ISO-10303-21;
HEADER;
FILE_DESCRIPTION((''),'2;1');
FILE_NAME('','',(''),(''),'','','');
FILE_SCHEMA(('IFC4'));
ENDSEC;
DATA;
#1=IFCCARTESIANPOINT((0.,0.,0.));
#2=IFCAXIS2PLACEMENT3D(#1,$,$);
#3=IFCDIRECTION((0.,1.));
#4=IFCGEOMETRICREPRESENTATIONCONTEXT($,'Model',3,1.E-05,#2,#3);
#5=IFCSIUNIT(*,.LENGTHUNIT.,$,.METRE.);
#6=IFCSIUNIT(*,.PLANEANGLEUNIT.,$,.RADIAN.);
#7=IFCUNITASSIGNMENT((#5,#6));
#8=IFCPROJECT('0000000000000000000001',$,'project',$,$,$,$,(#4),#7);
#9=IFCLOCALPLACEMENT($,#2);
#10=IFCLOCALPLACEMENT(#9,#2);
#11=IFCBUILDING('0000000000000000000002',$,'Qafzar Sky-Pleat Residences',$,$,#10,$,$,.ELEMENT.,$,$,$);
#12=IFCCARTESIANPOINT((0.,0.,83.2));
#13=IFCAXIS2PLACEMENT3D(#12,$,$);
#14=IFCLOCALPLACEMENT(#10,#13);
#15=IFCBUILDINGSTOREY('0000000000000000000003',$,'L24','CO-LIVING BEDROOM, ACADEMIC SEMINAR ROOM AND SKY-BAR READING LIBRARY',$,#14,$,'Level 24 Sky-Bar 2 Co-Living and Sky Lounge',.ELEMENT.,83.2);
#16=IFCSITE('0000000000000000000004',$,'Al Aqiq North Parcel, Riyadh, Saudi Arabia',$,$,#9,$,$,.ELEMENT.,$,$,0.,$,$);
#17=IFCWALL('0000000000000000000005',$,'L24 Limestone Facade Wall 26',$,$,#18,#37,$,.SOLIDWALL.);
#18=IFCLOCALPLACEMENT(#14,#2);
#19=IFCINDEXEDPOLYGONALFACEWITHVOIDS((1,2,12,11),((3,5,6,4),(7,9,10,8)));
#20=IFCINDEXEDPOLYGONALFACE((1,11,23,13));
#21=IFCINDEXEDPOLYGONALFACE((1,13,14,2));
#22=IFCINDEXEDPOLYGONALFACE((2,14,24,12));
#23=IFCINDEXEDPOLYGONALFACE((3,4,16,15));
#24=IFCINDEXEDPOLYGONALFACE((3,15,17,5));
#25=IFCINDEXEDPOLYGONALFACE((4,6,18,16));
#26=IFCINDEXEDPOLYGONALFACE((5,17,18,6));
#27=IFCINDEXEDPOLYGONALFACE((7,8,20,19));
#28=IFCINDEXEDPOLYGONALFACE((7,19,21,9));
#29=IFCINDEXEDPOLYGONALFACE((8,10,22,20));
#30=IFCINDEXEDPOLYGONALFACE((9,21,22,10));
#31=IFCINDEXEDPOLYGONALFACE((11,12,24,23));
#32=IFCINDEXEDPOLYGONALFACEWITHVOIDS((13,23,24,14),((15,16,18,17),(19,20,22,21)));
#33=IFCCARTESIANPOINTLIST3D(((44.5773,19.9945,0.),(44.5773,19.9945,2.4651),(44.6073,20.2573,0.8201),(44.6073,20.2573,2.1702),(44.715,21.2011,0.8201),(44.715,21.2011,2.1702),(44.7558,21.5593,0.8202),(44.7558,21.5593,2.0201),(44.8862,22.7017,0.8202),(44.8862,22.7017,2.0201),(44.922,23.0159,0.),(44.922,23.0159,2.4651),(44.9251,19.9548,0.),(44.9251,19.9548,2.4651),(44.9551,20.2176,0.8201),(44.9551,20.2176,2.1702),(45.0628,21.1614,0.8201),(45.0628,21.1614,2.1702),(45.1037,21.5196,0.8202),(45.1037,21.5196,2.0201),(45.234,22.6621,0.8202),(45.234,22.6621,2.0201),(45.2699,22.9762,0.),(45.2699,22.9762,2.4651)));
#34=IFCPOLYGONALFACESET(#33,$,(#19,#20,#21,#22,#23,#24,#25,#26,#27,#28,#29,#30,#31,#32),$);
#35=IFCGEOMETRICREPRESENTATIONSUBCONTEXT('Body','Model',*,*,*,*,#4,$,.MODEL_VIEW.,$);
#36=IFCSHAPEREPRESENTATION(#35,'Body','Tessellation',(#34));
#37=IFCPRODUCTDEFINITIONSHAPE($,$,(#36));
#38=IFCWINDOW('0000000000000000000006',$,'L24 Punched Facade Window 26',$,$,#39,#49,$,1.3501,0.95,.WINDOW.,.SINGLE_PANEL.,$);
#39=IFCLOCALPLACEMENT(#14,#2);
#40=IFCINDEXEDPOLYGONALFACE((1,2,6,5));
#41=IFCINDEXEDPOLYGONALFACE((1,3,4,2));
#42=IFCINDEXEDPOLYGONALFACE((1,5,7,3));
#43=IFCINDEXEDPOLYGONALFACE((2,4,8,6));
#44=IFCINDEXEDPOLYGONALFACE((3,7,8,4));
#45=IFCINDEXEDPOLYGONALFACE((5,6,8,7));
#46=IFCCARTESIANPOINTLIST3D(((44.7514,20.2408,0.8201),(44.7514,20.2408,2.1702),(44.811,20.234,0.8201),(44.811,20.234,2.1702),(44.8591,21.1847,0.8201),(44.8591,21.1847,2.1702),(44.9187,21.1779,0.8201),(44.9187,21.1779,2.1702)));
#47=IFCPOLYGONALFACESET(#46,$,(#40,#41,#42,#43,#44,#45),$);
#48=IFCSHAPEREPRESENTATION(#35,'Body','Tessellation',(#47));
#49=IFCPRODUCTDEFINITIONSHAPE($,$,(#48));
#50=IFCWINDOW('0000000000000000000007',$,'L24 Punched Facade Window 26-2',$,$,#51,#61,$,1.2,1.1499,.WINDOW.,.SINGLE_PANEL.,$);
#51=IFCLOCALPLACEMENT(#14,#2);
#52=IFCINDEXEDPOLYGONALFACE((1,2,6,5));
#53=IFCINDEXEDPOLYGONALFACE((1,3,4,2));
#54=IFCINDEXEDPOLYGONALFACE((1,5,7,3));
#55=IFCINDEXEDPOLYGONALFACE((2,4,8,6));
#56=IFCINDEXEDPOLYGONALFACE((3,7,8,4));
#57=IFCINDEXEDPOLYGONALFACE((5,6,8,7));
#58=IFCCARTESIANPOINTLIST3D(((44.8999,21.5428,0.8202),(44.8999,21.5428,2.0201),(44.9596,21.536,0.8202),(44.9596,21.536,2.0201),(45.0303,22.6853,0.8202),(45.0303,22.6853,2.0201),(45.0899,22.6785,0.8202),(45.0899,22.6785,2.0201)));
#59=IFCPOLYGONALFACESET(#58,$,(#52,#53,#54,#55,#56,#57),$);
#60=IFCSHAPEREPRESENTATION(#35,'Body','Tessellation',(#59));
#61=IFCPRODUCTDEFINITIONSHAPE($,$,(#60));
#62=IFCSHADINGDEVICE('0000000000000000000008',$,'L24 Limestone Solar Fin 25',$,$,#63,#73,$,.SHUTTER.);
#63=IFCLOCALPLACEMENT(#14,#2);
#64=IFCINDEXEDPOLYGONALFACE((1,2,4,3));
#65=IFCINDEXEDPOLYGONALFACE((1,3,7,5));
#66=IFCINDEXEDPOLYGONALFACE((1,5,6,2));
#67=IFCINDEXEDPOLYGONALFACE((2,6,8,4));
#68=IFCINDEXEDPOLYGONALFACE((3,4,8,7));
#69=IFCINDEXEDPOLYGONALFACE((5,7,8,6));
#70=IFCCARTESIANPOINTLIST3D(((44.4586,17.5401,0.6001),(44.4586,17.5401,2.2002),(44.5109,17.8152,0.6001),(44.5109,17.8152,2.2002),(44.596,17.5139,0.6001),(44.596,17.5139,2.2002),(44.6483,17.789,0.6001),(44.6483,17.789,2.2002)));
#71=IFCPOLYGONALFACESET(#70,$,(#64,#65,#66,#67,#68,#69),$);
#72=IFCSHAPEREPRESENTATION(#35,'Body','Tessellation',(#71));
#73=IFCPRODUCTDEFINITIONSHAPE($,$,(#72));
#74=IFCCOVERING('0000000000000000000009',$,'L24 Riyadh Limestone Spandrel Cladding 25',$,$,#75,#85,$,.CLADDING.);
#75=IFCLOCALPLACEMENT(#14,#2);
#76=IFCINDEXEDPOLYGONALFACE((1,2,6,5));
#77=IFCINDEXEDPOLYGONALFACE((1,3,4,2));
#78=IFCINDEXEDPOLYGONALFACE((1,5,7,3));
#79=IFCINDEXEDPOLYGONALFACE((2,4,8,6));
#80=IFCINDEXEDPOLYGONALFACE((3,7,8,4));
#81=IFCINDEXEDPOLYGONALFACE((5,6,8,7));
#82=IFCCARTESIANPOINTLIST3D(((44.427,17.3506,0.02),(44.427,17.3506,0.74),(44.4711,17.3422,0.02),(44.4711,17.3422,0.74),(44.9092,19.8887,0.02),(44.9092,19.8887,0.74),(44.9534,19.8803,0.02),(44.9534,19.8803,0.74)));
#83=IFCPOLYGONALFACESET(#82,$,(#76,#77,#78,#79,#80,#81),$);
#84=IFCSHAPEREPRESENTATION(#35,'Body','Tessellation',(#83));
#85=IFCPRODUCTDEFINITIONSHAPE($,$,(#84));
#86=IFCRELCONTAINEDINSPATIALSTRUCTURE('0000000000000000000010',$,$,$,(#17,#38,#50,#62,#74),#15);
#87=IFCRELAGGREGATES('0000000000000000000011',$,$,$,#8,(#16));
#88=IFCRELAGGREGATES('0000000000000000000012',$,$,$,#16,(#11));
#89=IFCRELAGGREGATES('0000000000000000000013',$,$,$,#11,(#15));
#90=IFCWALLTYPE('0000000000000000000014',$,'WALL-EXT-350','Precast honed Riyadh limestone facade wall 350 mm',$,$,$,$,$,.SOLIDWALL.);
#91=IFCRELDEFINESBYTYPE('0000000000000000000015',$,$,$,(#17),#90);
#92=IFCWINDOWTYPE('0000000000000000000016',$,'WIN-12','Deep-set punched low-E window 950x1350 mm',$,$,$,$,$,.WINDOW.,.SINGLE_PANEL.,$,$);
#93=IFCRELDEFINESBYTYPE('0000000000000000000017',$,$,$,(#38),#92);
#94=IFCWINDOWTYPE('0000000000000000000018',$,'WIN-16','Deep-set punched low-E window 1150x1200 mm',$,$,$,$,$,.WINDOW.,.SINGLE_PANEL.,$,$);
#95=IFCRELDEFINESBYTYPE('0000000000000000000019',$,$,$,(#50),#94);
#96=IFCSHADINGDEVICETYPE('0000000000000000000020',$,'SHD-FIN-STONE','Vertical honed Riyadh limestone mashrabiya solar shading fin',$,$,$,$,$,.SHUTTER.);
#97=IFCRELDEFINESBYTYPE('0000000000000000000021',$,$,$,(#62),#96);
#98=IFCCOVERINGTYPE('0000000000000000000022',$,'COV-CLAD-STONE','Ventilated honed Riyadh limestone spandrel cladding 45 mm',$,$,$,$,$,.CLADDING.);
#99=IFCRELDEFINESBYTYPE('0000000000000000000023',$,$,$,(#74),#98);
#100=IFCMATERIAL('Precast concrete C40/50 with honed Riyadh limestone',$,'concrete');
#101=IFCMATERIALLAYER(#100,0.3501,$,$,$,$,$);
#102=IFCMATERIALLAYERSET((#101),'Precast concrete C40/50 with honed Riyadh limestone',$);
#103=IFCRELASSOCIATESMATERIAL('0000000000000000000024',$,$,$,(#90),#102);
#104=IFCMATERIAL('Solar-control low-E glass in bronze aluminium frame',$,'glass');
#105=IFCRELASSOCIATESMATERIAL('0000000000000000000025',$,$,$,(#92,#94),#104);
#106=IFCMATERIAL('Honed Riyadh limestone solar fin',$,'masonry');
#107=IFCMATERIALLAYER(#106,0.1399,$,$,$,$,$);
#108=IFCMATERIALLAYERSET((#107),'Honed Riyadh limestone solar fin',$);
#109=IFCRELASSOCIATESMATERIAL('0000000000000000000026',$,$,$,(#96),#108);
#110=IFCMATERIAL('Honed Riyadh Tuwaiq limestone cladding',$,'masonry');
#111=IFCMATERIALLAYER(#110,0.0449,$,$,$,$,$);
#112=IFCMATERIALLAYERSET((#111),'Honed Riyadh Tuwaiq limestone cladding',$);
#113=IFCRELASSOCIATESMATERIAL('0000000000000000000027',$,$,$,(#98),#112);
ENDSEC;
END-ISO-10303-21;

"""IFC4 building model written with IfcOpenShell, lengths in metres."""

from ifc_helpers import new_model, si_unit, direction, frame, frame_2d, origin, origin_2d, place, context, subcontext, project, spatial, rectangle, extrude, source, transform, mapped, material, layer, layer_set, type_object, element, fill, save


model = new_model("IFC4")

# Units and contexts
model_context = context("Model", 3, precision=1e-05, world=origin(), true_north=direction((0.0, 1.0)))
body_context = subcontext(model_context, "Body", "Model", "MODEL_VIEW")
ifc_project = project(units=[si_unit("LENGTHUNIT", "METRE"), si_unit("PLANEANGLEUNIT", "RADIAN")], contexts=[model_context])

# Site, building, storey
site_placement = place(None, origin())
site = spatial("IfcSite", under=ifc_project, at=site_placement, Name="Al Aqiq North Parcel, Riyadh, Saudi Arabia", CompositionType="ELEMENT", RefElevation=0.0)
building_placement = place(site_placement, origin())
building = spatial("IfcBuilding", under=site, at=building_placement, Name="Qafzar Sky-Pleat Residences", CompositionType="ELEMENT")
storey_placement = place(building_placement, frame((0.0, 0.0, 83.2)))
storey = spatial("IfcBuildingStorey", under=building, at=storey_placement, Name="L24", Description="CO-LIVING BEDROOM, ACADEMIC SEMINAR ROOM AND SKY-BAR READING LIBRARY", LongName="Level 24 Sky-Bar 2 Co-Living and Sky Lounge", CompositionType="ELEMENT", Elevation=83.2)

# Shared definitions
ifc_material_1 = material(Name="Precast concrete C40/50 with honed Riyadh limestone", Category="concrete")
ifc_layer_1 = layer(ifc_material_1, 0.3501)
ifc_layer_set_1 = layer_set([ifc_layer_1], Name="Precast concrete C40/50 with honed Riyadh limestone")
wall_type_1 = type_object("IfcWallType", Name="WALL-EXT-350", Description="Precast honed Riyadh limestone facade wall 350 mm", PredefinedType="SOLIDWALL", material=ifc_layer_set_1)

# Shared definitions
ifc_material_2 = material(Name="Solar-control low-E glass in bronze aluminium frame", Category="glass")

# Wall, openings, windows
wall_1_placement = place(storey_placement, frame((44.7512, 19.9746, 0.0), z_axis=(0.0, 0.0, 1.0), x_axis=(0.113356, 0.993554, 0.0)))
wall_1 = element("IfcWall", 1, at=wall_1_placement, inside=storey, type_object=wall_type_1, Name="L24 Limestone Facade Wall 26", PredefinedType="SOLIDWALL", context=body_context, shape_type="SweptSolid", body=[
    extrude(rectangle(XDim=3.041, YDim=0.3501, at=frame_2d((1.5205, 0.0))), origin(), (0.0, 0.0, 1.0), 2.4651),
])
opening_1_placement = place(wall_1_placement, frame((0.2644, 0.0, 0.8201)))
opening_1 = element("IfcOpeningElement", 2, at=opening_1_placement, cuts=wall_1, PredefinedType="OPENING", context=body_context, shape_type="SweptSolid", body=[
    extrude(rectangle(XDim=0.95, YDim=1.3501, at=frame_2d((0.4751, 0.675))), frame((0.0, 0.1851, 0.0), z_axis=(0.0, -1.0, 0.0), x_axis=(1.0, 0.0, 0.0)), (0.0, 0.0, 1.0), 0.3701),
])
opening_2_placement = place(wall_1_placement, frame((1.575, 0.0, 0.8201)))
opening_2 = element("IfcOpeningElement", 3, at=opening_2_placement, cuts=wall_1, PredefinedType="OPENING", context=body_context, shape_type="SweptSolid", body=[
    extrude(rectangle(XDim=1.1499, YDim=1.2, at=frame_2d((0.575, 0.6001))), frame((0.0, 0.1851, 0.0), z_axis=(0.0, -1.0, 0.0), x_axis=(1.0, 0.0, 0.0)), (0.0, 0.0, 1.0), 0.3701),
])
window_type_1 = type_object("IfcWindowType", Name="WIN-12", Description="Deep-set punched low-E window 950x1350 mm", PartitioningType="SINGLE_PANEL", PredefinedType="WINDOW", material=ifc_material_2)
shared_shape_1 = source(origin(), body_context, "Body", "SweptSolid", [
    extrude(rectangle(XDim=0.95, YDim=1.3501, at=frame_2d((0.4751, 0.675))), frame((0.0, 0.03, 0.0), z_axis=(0.0, -1.0, 0.0), x_axis=(1.0, 0.0, 0.0)), (0.0, 0.0, 1.0), 0.0601),
])
window_1_placement = place(opening_1_placement, origin())
window_1 = element("IfcWindow", 4, at=window_1_placement, inside=storey, type_object=window_type_1, Name="L24 Punched Facade Window 26", OverallHeight=1.3501, OverallWidth=0.95, PartitioningType="SINGLE_PANEL", PredefinedType="WINDOW", context=body_context, shape_type="MappedRepresentation", body=[
    mapped(shared_shape_1, transform((0.0, 0.0, 0.0), x_axis=(1.0, 0.0, 0.0), y_axis=(0.0, 1.0, 0.0), z_axis=(0.0, 0.0, 1.0), scale=1.0)),
])
fill(opening_1, window_1)
window_type_2 = type_object("IfcWindowType", Name="WIN-16", Description="Deep-set punched low-E window 1150x1200 mm", PartitioningType="SINGLE_PANEL", PredefinedType="WINDOW", material=ifc_material_2)
shared_shape_2 = source(origin(), body_context, "Body", "SweptSolid", [
    extrude(rectangle(XDim=1.1499, YDim=1.2, at=frame_2d((0.575, 0.6001))), frame((0.0, 0.03, 0.0), z_axis=(0.0, -1.0, 0.0), x_axis=(1.0, 0.0, 0.0)), (0.0, 0.0, 1.0), 0.0601),
])
window_2_placement = place(opening_2_placement, origin())
window_2 = element("IfcWindow", 5, at=window_2_placement, inside=storey, type_object=window_type_2, Name="L24 Punched Facade Window 26-2", OverallHeight=1.2, OverallWidth=1.1499, PartitioningType="SINGLE_PANEL", PredefinedType="WINDOW", context=body_context, shape_type="MappedRepresentation", body=[
    mapped(shared_shape_2, transform((0.0, 0.0, 0.0), x_axis=(1.0, 0.0, 0.0), y_axis=(0.0, 1.0, 0.0), z_axis=(0.0, 0.0, 1.0), scale=1.0)),
])
fill(opening_2, window_2)

# Shading device
ifc_material_3 = material(Name="Honed Riyadh limestone solar fin", Category="masonry")
ifc_layer_2 = layer(ifc_material_3, 0.1399)
ifc_layer_set_2 = layer_set([ifc_layer_2], Name="Honed Riyadh limestone solar fin")
shading_device_type = type_object("IfcShadingDeviceType", Name="SHD-FIN-STONE", Description="Vertical honed Riyadh limestone mashrabiya solar shading fin", PredefinedType="SHUTTER", material=ifc_layer_set_2)
shared_shape_3 = source(origin(), body_context, "Body", "SweptSolid", [
    extrude(rectangle(XDim=0.1399, YDim=0.28, at=origin_2d()), origin(), (0.0, 0.0, 1.0), 1.6001),
])
shading_device_placement = place(storey_placement, frame((44.5535, 17.6646, 0.6001), z_axis=(0.0, 0.0, 1.0), x_axis=(0.982426, -0.186654, 0.0)))
element("IfcShadingDevice", 6, at=shading_device_placement, inside=storey, type_object=shading_device_type, Name="L24 Limestone Solar Fin 25", PredefinedType="SHUTTER", context=body_context, shape_type="MappedRepresentation", body=[
    mapped(shared_shape_3, transform((0.0, 0.0, 0.0), x_axis=(1.0, 0.0, 0.0), y_axis=(0.0, 1.0, 0.0), z_axis=(0.0, 0.0, 1.0), scale=1.0)),
])

# Covering
ifc_material_4 = material(Name="Honed Riyadh Tuwaiq limestone cladding", Category="masonry")
ifc_layer_3 = layer(ifc_material_4, 0.0449)
ifc_layer_set_3 = layer_set([ifc_layer_3], Name="Honed Riyadh Tuwaiq limestone cladding")
covering_type = type_object("IfcCoveringType", Name="COV-CLAD-STONE", Description="Ventilated honed Riyadh limestone spandrel cladding 45 mm", PredefinedType="CLADDING", material=ifc_layer_set_3)
shared_shape_4 = source(origin(), body_context, "Body", "SweptSolid", [
    extrude(rectangle(XDim=2.5835, YDim=0.0449, at=origin_2d()), origin(), (0.0, 0.0, 1.0), 0.72),
])
covering_placement = place(storey_placement, frame((44.6902, 18.6155, 0.02), z_axis=(0.0, 0.0, 1.0), x_axis=(0.186654, 0.982426, 0.0)))
element("IfcCovering", 7, at=covering_placement, inside=storey, type_object=covering_type, Name="L24 Riyadh Limestone Spandrel Cladding 25", PredefinedType="CLADDING", context=body_context, shape_type="MappedRepresentation", body=[
    mapped(shared_shape_4, transform((0.0, 0.0, 0.0), x_axis=(1.0, 0.0, 0.0), y_axis=(0.0, 1.0, 0.0), z_axis=(0.0, 0.0, 1.0), scale=1.0)),
])

save(model, "model.ifc")
